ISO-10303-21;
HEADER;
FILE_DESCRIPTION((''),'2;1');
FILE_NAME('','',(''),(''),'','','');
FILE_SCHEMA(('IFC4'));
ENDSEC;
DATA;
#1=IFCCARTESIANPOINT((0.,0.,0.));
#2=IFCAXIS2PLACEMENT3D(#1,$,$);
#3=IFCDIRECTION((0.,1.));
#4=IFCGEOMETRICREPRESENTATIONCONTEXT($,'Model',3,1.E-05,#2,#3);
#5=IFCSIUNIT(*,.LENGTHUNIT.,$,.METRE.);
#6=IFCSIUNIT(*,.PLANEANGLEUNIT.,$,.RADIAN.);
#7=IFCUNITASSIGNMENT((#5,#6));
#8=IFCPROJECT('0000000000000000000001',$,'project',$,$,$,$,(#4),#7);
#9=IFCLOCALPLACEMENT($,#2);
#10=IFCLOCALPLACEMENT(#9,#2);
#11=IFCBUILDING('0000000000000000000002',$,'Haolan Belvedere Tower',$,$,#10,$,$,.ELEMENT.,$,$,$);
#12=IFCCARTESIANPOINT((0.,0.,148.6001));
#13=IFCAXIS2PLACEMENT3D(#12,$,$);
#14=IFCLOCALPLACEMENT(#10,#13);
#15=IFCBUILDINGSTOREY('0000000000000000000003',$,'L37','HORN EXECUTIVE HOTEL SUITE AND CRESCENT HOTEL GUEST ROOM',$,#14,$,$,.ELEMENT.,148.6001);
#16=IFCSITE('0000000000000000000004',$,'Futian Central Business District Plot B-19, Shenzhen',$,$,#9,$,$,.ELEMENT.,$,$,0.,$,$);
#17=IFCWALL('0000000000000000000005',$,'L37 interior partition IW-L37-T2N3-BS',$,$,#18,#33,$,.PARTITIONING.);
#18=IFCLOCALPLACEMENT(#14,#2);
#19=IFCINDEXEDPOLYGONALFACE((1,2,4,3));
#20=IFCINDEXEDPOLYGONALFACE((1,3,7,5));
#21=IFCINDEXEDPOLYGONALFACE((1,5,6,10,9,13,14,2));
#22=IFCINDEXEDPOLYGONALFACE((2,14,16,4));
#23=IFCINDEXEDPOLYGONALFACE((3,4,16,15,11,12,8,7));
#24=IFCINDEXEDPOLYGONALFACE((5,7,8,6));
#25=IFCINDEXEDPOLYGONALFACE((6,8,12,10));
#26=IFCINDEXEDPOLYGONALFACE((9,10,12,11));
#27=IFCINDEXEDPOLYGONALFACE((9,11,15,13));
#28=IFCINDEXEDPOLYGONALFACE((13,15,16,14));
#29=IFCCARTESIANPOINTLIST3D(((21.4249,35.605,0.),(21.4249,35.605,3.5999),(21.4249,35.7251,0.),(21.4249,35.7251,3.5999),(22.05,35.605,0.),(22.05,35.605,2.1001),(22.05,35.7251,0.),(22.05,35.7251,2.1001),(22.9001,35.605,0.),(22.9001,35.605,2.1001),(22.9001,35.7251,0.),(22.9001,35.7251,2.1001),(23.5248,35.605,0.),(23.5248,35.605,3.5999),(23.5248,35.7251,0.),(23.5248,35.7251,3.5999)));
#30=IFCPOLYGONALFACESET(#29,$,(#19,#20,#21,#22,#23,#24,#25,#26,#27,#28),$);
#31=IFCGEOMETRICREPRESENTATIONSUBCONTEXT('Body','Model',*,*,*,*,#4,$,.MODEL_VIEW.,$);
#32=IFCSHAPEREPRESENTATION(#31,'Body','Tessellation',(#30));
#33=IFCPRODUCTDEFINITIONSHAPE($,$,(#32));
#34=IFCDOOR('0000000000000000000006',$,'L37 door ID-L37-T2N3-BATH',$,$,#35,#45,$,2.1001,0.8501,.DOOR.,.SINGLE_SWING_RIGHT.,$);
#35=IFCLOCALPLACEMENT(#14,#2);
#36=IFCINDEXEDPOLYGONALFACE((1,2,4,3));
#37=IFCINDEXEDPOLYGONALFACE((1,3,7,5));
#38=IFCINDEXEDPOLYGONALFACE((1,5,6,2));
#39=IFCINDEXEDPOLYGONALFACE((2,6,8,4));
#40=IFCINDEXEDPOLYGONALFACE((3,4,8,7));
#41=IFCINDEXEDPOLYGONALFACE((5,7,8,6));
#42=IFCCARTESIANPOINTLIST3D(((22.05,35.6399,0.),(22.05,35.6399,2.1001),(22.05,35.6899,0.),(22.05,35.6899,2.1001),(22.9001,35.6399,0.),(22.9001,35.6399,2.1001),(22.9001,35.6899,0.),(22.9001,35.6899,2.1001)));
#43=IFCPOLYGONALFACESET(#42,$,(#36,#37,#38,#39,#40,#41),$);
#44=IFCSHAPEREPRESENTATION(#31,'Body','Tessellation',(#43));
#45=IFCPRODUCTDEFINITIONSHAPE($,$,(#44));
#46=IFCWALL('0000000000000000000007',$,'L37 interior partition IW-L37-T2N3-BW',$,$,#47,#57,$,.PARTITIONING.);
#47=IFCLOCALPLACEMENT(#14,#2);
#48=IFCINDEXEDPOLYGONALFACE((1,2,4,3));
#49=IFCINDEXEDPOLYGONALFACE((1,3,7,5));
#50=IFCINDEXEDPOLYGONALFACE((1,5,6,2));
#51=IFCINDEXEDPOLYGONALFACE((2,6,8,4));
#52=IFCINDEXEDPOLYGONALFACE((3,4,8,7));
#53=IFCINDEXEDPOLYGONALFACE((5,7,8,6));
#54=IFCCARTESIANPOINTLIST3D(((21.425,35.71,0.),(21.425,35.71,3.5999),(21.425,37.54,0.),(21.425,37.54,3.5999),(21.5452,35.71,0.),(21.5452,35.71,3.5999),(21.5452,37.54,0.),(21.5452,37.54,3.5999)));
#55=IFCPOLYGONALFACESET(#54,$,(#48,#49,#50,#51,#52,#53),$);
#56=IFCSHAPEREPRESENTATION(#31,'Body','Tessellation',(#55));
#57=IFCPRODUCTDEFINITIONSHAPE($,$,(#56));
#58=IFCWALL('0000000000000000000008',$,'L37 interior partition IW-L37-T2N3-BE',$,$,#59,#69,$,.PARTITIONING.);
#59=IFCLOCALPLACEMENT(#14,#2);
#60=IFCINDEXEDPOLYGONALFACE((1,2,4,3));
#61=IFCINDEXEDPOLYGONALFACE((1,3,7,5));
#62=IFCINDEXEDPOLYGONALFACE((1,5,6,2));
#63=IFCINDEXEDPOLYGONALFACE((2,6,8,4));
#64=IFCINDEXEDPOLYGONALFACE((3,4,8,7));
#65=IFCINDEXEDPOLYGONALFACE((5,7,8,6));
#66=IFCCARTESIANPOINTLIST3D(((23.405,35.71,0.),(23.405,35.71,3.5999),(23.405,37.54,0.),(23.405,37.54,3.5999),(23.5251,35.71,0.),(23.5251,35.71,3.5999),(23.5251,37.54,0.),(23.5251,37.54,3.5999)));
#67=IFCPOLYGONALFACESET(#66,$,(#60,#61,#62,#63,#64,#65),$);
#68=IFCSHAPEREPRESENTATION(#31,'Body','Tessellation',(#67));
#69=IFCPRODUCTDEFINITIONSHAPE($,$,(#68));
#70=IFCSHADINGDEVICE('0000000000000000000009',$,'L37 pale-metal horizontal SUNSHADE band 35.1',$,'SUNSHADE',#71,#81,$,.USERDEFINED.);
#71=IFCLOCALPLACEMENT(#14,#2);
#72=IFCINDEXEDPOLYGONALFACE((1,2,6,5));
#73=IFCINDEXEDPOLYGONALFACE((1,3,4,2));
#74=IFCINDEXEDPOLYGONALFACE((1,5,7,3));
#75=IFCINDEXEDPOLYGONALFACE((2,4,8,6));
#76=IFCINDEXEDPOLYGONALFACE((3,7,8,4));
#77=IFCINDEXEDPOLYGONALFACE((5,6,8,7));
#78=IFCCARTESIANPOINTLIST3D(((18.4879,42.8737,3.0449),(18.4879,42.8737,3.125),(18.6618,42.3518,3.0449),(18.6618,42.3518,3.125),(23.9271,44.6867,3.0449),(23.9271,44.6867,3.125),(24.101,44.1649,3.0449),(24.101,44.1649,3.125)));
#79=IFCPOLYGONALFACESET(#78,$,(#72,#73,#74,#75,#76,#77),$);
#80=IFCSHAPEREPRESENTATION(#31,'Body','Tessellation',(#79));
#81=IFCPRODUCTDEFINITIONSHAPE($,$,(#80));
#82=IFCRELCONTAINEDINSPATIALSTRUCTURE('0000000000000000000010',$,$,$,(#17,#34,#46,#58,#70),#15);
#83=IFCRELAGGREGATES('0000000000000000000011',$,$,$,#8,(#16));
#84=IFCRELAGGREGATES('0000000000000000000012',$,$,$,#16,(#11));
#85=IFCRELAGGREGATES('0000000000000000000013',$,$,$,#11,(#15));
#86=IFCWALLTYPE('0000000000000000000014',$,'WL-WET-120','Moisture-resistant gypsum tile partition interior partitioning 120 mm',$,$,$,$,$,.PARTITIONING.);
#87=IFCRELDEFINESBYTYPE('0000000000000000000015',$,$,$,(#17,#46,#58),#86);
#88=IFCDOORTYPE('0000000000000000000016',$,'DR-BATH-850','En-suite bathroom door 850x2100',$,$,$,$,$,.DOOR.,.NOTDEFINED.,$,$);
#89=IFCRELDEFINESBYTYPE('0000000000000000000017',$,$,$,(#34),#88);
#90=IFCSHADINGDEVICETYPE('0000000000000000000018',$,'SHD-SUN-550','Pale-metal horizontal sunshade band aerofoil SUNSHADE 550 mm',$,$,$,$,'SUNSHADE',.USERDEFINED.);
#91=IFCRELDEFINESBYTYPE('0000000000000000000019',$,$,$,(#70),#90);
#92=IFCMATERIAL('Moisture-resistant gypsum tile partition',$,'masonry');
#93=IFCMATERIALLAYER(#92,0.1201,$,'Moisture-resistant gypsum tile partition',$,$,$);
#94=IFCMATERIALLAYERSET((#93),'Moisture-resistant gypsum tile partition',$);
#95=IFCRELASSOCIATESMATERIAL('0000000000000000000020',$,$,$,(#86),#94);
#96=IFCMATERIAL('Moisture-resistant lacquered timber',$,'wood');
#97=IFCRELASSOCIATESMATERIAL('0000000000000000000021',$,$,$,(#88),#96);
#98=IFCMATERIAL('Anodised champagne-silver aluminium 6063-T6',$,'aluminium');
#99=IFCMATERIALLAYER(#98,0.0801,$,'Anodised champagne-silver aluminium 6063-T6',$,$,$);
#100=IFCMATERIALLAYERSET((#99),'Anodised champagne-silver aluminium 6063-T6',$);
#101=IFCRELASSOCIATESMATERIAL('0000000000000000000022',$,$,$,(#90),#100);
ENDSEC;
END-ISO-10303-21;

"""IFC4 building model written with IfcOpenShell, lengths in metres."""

from ifc_helpers import new_model, si_unit, direction, frame, frame_2d, origin, origin_2d, place, context, subcontext, project, spatial, rectangle, extrude, material, layer, layer_set, type_object, element, fill, save


model = new_model("IFC4")

# Units and contexts
model_context = context("Model", 3, precision=1e-05, world=origin(), true_north=direction((0.0, 1.0)))
body_context = subcontext(model_context, "Body", "Model", "MODEL_VIEW")
ifc_project = project(units=[si_unit("LENGTHUNIT", "METRE"), si_unit("PLANEANGLEUNIT", "RADIAN")], contexts=[model_context])

# Site, building, storey
site_placement = place(None, origin())
site = spatial("IfcSite", under=ifc_project, at=site_placement, Name="Futian Central Business District Plot B-19, Shenzhen", CompositionType="ELEMENT", RefElevation=0.0)
building_placement = place(site_placement, origin())
building = spatial("IfcBuilding", under=site, at=building_placement, Name="Haolan Belvedere Tower", CompositionType="ELEMENT")
storey_placement = place(building_placement, frame((0.0, 0.0, 148.6001)))
storey = spatial("IfcBuildingStorey", under=building, at=storey_placement, Name="L37", Description="HORN EXECUTIVE HOTEL SUITE AND CRESCENT HOTEL GUEST ROOM", CompositionType="ELEMENT", Elevation=148.6001)

# Shared definitions
ifc_material_1 = material(Name="Moisture-resistant gypsum tile partition", Category="masonry")
ifc_layer_1 = layer(ifc_material_1, 0.1201, Name="Moisture-resistant gypsum tile partition")
ifc_layer_set_1 = layer_set([ifc_layer_1], Name="Moisture-resistant gypsum tile partition")
wall_type_1 = type_object("IfcWallType", Name="WL-WET-120", Description="Moisture-resistant gypsum tile partition interior partitioning 120 mm", PredefinedType="PARTITIONING", material=ifc_layer_set_1)
ifc_material_2 = material(Name="Moisture-resistant lacquered timber", Category="wood")
door_type_1 = type_object("IfcDoorType", Name="DR-BATH-850", Description="En-suite bathroom door 850x2100", OperationType="NOTDEFINED", PredefinedType="DOOR", material=ifc_material_2)

# Wall, opening, door
wall_1_placement = place(storey_placement, frame((21.425, 35.665, 0.0), z_axis=(0.0, 0.0, 1.0), x_axis=(1.0, 0.0, 0.0)))
wall_1 = element("IfcWall", 1, at=wall_1_placement, inside=storey, type_object=wall_type_1, Name="L37 interior partition IW-L37-T2N3-BS", PredefinedType="PARTITIONING", context=body_context, shape_type="SweptSolid", body=[
    extrude(rectangle(XDim=2.0999, YDim=0.1201, at=frame_2d((1.0498, 0.0))), origin(), (0.0, 0.0, 1.0), 3.5999),
])
opening_1_placement = place(wall_1_placement, frame((0.625, 0.0, 0.0)))
opening_1 = element("IfcOpeningElement", 2, at=opening_1_placement, cuts=wall_1, PredefinedType="OPENING", context=body_context, shape_type="SweptSolid", body=[
    extrude(rectangle(XDim=0.8501, YDim=2.1001, at=frame_2d((0.425, 1.05))), frame((0.0, 0.0701, 0.0), z_axis=(0.0, -1.0, 0.0), x_axis=(1.0, 0.0, 0.0)), (0.0, 0.0, 1.0), 0.1401),
])
door_1_placement = place(opening_1_placement, origin())
door_1 = element("IfcDoor", 3, at=door_1_placement, inside=storey, type_object=door_type_1, Name="L37 door ID-L37-T2N3-BATH", OperationType="SINGLE_SWING_RIGHT", OverallHeight=2.1001, OverallWidth=0.8501, PredefinedType="DOOR", context=body_context, shape_type="SweptSolid", body=[
    extrude(rectangle(XDim=0.8501, YDim=2.1001, at=frame_2d((0.425, 1.05))), frame((0.0, 0.0249, 0.0), z_axis=(0.0, -1.0, 0.0), x_axis=(1.0, 0.0, 0.0)), (0.0, 0.0, 1.0), 0.05),
])
fill(opening_1, door_1)

# Walls
for number, where, z_axis, x_axis, name in (
    (4, (21.4851, 35.71, 0.0), (0.0, 0.0, 1.0), (0.0, 1.0, 0.0), "L37 interior partition IW-L37-T2N3-BW"),
    (5, (23.4651, 35.71, 0.0), (0.0, 0.0, 1.0), (0.0, 1.0, 0.0), "L37 interior partition IW-L37-T2N3-BE"),
):
    element("IfcWall", number, at=place(storey_placement, frame(where, z_axis=z_axis, x_axis=x_axis)), inside=storey, type_object=wall_type_1, Name=name, PredefinedType="PARTITIONING", context=body_context, shape_type="SweptSolid", body=[
        extrude(rectangle(XDim=1.8301, YDim=0.1201, at=frame_2d((0.915, 0.0))), origin(), (0.0, 0.0, 1.0), 3.5999),
    ])

# Shading device
ifc_material_3 = material(Name="Anodised champagne-silver aluminium 6063-T6", Category="aluminium")
ifc_layer_2 = layer(ifc_material_3, 0.0801, Name="Anodised champagne-silver aluminium 6063-T6")
ifc_layer_set_2 = layer_set([ifc_layer_2], Name="Anodised champagne-silver aluminium 6063-T6")
shading_device_type = type_object("IfcShadingDeviceType", Name="SHD-SUN-550", Description="Pale-metal horizontal sunshade band aerofoil SUNSHADE 550 mm", ElementType="SUNSHADE", PredefinedType="USERDEFINED", material=ifc_layer_set_2)
shading_device_placement = place(storey_placement, frame((21.2944, 43.5193, 3.0449), z_axis=(0.0, 0.0, 1.0), x_axis=(-0.948683, -0.316229, 0.0)))
element("IfcShadingDevice", 6, at=shading_device_placement, inside=storey, type_object=shading_device_type, Name="L37 pale-metal horizontal SUNSHADE band 35.1", ObjectType="SUNSHADE", PredefinedType="USERDEFINED", context=body_context, shape_type="SweptSolid", body=[
    extrude(rectangle(XDim=5.7334, YDim=0.55, at=origin_2d()), origin(), (0.0, 0.0, 1.0), 0.0801),
])

save(model, "model.ifc")
